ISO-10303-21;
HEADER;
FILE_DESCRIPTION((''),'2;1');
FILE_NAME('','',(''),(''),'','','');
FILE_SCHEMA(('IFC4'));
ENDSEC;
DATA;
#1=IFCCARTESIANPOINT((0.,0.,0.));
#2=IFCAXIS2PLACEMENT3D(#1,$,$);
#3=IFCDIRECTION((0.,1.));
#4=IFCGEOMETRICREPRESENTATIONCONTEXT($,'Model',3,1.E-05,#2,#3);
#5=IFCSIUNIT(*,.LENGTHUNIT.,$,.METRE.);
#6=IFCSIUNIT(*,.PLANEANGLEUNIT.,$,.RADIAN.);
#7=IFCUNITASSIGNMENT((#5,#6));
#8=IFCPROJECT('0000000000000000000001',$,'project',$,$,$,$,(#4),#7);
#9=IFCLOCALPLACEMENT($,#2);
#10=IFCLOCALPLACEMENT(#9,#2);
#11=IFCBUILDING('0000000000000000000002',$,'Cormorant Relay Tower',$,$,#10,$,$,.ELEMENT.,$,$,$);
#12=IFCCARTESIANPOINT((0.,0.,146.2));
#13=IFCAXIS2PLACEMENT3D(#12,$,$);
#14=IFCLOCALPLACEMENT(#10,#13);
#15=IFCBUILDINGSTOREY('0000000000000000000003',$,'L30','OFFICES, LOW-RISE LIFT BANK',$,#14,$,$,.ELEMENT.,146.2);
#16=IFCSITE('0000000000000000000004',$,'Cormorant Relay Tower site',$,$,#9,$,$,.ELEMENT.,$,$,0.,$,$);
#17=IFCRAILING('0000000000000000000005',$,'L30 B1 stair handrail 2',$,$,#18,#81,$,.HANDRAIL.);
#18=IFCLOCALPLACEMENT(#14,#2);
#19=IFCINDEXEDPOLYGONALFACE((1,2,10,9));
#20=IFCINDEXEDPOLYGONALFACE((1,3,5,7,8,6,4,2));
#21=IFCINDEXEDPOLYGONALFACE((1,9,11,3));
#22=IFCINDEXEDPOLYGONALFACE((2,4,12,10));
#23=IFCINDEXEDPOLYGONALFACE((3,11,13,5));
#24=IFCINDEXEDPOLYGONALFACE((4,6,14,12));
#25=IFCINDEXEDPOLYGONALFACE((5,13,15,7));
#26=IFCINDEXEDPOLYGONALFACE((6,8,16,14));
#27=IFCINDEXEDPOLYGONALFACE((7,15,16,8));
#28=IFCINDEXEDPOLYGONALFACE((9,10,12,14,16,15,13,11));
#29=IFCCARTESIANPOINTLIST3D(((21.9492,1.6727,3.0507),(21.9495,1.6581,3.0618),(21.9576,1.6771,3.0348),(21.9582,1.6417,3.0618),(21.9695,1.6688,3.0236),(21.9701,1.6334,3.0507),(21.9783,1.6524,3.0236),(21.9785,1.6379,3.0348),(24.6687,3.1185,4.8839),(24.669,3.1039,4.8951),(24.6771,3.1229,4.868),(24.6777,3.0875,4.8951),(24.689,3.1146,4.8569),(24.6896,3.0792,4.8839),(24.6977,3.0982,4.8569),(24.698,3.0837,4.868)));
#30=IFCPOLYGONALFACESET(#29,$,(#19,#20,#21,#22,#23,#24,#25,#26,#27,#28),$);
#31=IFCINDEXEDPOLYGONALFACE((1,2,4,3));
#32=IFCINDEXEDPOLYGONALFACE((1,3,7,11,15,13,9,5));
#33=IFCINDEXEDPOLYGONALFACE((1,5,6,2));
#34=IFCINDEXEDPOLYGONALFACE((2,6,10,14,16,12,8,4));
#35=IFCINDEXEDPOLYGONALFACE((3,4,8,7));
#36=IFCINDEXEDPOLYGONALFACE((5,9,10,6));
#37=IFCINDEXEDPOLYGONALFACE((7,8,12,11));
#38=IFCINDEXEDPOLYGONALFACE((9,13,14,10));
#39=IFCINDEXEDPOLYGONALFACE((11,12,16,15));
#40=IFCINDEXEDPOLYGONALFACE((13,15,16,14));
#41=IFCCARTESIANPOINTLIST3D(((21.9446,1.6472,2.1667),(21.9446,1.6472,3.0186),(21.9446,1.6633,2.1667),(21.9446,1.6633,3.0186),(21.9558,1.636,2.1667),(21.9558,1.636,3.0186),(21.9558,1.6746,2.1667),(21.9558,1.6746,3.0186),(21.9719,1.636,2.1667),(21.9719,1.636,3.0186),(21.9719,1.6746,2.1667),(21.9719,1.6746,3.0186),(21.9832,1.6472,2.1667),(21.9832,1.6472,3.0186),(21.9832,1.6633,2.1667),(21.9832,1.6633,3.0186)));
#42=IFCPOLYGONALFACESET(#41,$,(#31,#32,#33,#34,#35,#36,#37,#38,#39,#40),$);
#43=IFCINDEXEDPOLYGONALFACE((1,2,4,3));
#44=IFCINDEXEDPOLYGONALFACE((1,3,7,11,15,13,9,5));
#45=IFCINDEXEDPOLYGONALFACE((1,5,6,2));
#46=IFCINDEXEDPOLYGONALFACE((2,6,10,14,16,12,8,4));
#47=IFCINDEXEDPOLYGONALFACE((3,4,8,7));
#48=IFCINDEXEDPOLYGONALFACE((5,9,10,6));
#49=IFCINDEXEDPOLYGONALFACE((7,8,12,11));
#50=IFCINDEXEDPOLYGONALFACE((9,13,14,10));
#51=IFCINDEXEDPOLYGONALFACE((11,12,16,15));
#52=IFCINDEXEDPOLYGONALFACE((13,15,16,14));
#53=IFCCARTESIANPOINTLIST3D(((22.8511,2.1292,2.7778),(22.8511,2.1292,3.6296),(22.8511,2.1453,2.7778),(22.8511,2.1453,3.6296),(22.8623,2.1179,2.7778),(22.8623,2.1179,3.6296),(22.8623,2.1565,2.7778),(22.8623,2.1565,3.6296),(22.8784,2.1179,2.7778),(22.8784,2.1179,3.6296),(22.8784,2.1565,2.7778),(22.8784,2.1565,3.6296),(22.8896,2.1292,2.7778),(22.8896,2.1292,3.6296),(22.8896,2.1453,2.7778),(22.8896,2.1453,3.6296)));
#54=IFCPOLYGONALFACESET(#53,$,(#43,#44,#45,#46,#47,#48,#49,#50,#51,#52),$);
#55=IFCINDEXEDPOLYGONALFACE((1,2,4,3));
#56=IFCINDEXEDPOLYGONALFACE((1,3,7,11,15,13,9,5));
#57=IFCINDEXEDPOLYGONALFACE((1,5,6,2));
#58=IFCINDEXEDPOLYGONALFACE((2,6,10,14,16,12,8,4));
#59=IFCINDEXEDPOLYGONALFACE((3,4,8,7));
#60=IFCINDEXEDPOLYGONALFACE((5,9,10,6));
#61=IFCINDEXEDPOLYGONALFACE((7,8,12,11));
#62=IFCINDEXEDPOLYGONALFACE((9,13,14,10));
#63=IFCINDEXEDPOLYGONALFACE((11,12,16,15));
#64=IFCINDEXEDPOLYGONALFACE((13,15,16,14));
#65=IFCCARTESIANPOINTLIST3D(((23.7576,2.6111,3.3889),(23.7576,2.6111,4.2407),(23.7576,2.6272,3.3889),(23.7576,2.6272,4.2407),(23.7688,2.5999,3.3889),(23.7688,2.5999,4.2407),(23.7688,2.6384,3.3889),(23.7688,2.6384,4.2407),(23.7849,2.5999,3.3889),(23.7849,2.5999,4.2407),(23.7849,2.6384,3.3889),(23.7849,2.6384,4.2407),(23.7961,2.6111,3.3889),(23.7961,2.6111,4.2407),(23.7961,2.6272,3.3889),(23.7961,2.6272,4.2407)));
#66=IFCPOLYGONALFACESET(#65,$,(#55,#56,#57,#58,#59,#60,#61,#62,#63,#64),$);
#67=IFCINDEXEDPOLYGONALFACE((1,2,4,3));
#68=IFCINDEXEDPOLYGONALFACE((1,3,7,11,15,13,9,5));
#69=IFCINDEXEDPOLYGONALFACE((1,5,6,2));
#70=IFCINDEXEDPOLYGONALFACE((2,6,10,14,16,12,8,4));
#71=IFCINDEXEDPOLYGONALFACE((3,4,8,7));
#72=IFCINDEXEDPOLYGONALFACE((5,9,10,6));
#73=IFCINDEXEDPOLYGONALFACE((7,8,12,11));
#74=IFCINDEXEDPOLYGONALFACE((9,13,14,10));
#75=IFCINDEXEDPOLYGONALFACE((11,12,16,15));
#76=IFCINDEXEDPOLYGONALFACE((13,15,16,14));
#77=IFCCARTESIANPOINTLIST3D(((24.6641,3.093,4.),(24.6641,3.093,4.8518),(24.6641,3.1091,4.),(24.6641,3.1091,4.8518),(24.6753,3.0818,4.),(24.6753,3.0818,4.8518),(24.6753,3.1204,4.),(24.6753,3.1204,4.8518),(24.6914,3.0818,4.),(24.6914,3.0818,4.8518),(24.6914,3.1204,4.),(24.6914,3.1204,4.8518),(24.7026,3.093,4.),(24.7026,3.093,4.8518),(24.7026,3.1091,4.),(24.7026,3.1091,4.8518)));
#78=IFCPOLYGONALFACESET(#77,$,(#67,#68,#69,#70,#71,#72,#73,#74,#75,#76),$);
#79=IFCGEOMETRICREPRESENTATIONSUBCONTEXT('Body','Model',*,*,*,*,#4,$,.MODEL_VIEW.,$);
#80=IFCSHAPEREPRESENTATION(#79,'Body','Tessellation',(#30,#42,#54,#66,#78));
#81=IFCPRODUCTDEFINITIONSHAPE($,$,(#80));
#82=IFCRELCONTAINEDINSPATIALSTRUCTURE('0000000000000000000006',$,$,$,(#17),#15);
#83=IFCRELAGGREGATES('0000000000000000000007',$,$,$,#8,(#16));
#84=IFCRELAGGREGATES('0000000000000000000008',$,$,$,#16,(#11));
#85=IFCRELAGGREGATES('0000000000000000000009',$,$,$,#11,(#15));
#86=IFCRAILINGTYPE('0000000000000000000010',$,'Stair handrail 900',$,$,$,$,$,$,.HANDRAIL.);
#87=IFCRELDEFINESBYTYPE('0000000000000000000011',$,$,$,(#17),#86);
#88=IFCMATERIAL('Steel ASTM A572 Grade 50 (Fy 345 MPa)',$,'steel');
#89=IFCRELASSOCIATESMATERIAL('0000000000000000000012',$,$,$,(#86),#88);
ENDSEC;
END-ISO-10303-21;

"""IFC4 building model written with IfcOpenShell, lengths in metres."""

from ifc_helpers import new_model, si_unit, direction, frame, origin, place, context, subcontext, project, spatial, polyline, outline, extrude, material, type_object, element, save


model = new_model("IFC4")

# Units and contexts
model_context = context("Model", 3, precision=1e-05, world=origin(), true_north=direction((0.0, 1.0)))
body_context = subcontext(model_context, "Body", "Model", "MODEL_VIEW")
ifc_project = project(units=[si_unit("LENGTHUNIT", "METRE"), si_unit("PLANEANGLEUNIT", "RADIAN")], contexts=[model_context])

# Site, building, storey
site_placement = place(None, origin())
site = spatial("IfcSite", under=ifc_project, at=site_placement, Name="Cormorant Relay Tower site", CompositionType="ELEMENT", RefElevation=0.0)
building_placement = place(site_placement, origin())
building = spatial("IfcBuilding", under=site, at=building_placement, Name="Cormorant Relay Tower", CompositionType="ELEMENT")
storey_placement = place(building_placement, frame((0.0, 0.0, 146.2)))
storey = spatial("IfcBuildingStorey", under=building, at=storey_placement, Name="L30", Description="OFFICES, LOW-RISE LIFT BANK", CompositionType="ELEMENT", Elevation=146.2)

# Railing
ifc_material_1 = material(Name="Steel ASTM A572 Grade 50 (Fy 345 MPa)", Category="steel")
railing_type_1 = type_object("IfcRailingType", Name="Stair handrail 900", PredefinedType="HANDRAIL", material=ifc_material_1)
railing_1_placement = place(storey_placement, frame((21.9639, 1.6553, 2.1667)))
element("IfcRailing", 1, at=railing_1_placement, inside=storey, type_object=railing_type_1, Name="L30 B1 stair handrail 2", PredefinedType="HANDRAIL", context=body_context, shape_type="SweptSolid", body=[
    extrude(outline(polyline([(0.0222, 0.0093), (0.0093, 0.0222), (-0.0093, 0.0222), (-0.0222, 0.0093), (-0.0222, -0.0093), (-0.0093, -0.0222), (0.0093, -0.0222), (0.0222, -0.0093), (0.0222, 0.0093)])), frame((0.0, 0.0, 0.876), z_axis=(0.758735, 0.403378, 0.511477), x_axis=(-0.469428, 0.882971, 0.0)), (0.0, 0.0, 1.0), 3.5842),
    extrude(outline(polyline([(0.0193, 0.0081), (0.0081, 0.0193), (-0.0081, 0.0193), (-0.0193, 0.0081), (-0.0193, -0.0081), (-0.0081, -0.0193), (0.0081, -0.0193), (0.0193, -0.0081), (0.0193, 0.0081)])), origin(), (0.0, 0.0, 1.0), 0.8518),
    extrude(outline(polyline([(0.0193, 0.0081), (0.0081, 0.0193), (-0.0081, 0.0193), (-0.0193, 0.0081), (-0.0193, -0.0081), (-0.0081, -0.0193), (0.0081, -0.0193), (0.0193, -0.0081), (0.0193, 0.0081)])), frame((0.9065, 0.4819, 0.6111)), (0.0, 0.0, 1.0), 0.8518),
    extrude(outline(polyline([(0.0193, 0.0081), (0.0081, 0.0193), (-0.0081, 0.0193), (-0.0193, 0.0081), (-0.0193, -0.0081), (-0.0081, -0.0193), (0.0081, -0.0193), (0.0193, -0.0081), (0.0193, 0.0081)])), frame((1.813, 0.9639, 1.2222)), (0.0, 0.0, 1.0), 0.8518),
    extrude(outline(polyline([(0.0193, 0.0081), (0.0081, 0.0193), (-0.0081, 0.0193), (-0.0193, 0.0081), (-0.0193, -0.0081), (-0.0081, -0.0193), (0.0081, -0.0193), (0.0193, -0.0081), (0.0193, 0.0081)])), frame((2.7195, 1.4458, 1.8333)), (0.0, 0.0, 1.0), 0.8518),
])

save(model, "model.ifc")
